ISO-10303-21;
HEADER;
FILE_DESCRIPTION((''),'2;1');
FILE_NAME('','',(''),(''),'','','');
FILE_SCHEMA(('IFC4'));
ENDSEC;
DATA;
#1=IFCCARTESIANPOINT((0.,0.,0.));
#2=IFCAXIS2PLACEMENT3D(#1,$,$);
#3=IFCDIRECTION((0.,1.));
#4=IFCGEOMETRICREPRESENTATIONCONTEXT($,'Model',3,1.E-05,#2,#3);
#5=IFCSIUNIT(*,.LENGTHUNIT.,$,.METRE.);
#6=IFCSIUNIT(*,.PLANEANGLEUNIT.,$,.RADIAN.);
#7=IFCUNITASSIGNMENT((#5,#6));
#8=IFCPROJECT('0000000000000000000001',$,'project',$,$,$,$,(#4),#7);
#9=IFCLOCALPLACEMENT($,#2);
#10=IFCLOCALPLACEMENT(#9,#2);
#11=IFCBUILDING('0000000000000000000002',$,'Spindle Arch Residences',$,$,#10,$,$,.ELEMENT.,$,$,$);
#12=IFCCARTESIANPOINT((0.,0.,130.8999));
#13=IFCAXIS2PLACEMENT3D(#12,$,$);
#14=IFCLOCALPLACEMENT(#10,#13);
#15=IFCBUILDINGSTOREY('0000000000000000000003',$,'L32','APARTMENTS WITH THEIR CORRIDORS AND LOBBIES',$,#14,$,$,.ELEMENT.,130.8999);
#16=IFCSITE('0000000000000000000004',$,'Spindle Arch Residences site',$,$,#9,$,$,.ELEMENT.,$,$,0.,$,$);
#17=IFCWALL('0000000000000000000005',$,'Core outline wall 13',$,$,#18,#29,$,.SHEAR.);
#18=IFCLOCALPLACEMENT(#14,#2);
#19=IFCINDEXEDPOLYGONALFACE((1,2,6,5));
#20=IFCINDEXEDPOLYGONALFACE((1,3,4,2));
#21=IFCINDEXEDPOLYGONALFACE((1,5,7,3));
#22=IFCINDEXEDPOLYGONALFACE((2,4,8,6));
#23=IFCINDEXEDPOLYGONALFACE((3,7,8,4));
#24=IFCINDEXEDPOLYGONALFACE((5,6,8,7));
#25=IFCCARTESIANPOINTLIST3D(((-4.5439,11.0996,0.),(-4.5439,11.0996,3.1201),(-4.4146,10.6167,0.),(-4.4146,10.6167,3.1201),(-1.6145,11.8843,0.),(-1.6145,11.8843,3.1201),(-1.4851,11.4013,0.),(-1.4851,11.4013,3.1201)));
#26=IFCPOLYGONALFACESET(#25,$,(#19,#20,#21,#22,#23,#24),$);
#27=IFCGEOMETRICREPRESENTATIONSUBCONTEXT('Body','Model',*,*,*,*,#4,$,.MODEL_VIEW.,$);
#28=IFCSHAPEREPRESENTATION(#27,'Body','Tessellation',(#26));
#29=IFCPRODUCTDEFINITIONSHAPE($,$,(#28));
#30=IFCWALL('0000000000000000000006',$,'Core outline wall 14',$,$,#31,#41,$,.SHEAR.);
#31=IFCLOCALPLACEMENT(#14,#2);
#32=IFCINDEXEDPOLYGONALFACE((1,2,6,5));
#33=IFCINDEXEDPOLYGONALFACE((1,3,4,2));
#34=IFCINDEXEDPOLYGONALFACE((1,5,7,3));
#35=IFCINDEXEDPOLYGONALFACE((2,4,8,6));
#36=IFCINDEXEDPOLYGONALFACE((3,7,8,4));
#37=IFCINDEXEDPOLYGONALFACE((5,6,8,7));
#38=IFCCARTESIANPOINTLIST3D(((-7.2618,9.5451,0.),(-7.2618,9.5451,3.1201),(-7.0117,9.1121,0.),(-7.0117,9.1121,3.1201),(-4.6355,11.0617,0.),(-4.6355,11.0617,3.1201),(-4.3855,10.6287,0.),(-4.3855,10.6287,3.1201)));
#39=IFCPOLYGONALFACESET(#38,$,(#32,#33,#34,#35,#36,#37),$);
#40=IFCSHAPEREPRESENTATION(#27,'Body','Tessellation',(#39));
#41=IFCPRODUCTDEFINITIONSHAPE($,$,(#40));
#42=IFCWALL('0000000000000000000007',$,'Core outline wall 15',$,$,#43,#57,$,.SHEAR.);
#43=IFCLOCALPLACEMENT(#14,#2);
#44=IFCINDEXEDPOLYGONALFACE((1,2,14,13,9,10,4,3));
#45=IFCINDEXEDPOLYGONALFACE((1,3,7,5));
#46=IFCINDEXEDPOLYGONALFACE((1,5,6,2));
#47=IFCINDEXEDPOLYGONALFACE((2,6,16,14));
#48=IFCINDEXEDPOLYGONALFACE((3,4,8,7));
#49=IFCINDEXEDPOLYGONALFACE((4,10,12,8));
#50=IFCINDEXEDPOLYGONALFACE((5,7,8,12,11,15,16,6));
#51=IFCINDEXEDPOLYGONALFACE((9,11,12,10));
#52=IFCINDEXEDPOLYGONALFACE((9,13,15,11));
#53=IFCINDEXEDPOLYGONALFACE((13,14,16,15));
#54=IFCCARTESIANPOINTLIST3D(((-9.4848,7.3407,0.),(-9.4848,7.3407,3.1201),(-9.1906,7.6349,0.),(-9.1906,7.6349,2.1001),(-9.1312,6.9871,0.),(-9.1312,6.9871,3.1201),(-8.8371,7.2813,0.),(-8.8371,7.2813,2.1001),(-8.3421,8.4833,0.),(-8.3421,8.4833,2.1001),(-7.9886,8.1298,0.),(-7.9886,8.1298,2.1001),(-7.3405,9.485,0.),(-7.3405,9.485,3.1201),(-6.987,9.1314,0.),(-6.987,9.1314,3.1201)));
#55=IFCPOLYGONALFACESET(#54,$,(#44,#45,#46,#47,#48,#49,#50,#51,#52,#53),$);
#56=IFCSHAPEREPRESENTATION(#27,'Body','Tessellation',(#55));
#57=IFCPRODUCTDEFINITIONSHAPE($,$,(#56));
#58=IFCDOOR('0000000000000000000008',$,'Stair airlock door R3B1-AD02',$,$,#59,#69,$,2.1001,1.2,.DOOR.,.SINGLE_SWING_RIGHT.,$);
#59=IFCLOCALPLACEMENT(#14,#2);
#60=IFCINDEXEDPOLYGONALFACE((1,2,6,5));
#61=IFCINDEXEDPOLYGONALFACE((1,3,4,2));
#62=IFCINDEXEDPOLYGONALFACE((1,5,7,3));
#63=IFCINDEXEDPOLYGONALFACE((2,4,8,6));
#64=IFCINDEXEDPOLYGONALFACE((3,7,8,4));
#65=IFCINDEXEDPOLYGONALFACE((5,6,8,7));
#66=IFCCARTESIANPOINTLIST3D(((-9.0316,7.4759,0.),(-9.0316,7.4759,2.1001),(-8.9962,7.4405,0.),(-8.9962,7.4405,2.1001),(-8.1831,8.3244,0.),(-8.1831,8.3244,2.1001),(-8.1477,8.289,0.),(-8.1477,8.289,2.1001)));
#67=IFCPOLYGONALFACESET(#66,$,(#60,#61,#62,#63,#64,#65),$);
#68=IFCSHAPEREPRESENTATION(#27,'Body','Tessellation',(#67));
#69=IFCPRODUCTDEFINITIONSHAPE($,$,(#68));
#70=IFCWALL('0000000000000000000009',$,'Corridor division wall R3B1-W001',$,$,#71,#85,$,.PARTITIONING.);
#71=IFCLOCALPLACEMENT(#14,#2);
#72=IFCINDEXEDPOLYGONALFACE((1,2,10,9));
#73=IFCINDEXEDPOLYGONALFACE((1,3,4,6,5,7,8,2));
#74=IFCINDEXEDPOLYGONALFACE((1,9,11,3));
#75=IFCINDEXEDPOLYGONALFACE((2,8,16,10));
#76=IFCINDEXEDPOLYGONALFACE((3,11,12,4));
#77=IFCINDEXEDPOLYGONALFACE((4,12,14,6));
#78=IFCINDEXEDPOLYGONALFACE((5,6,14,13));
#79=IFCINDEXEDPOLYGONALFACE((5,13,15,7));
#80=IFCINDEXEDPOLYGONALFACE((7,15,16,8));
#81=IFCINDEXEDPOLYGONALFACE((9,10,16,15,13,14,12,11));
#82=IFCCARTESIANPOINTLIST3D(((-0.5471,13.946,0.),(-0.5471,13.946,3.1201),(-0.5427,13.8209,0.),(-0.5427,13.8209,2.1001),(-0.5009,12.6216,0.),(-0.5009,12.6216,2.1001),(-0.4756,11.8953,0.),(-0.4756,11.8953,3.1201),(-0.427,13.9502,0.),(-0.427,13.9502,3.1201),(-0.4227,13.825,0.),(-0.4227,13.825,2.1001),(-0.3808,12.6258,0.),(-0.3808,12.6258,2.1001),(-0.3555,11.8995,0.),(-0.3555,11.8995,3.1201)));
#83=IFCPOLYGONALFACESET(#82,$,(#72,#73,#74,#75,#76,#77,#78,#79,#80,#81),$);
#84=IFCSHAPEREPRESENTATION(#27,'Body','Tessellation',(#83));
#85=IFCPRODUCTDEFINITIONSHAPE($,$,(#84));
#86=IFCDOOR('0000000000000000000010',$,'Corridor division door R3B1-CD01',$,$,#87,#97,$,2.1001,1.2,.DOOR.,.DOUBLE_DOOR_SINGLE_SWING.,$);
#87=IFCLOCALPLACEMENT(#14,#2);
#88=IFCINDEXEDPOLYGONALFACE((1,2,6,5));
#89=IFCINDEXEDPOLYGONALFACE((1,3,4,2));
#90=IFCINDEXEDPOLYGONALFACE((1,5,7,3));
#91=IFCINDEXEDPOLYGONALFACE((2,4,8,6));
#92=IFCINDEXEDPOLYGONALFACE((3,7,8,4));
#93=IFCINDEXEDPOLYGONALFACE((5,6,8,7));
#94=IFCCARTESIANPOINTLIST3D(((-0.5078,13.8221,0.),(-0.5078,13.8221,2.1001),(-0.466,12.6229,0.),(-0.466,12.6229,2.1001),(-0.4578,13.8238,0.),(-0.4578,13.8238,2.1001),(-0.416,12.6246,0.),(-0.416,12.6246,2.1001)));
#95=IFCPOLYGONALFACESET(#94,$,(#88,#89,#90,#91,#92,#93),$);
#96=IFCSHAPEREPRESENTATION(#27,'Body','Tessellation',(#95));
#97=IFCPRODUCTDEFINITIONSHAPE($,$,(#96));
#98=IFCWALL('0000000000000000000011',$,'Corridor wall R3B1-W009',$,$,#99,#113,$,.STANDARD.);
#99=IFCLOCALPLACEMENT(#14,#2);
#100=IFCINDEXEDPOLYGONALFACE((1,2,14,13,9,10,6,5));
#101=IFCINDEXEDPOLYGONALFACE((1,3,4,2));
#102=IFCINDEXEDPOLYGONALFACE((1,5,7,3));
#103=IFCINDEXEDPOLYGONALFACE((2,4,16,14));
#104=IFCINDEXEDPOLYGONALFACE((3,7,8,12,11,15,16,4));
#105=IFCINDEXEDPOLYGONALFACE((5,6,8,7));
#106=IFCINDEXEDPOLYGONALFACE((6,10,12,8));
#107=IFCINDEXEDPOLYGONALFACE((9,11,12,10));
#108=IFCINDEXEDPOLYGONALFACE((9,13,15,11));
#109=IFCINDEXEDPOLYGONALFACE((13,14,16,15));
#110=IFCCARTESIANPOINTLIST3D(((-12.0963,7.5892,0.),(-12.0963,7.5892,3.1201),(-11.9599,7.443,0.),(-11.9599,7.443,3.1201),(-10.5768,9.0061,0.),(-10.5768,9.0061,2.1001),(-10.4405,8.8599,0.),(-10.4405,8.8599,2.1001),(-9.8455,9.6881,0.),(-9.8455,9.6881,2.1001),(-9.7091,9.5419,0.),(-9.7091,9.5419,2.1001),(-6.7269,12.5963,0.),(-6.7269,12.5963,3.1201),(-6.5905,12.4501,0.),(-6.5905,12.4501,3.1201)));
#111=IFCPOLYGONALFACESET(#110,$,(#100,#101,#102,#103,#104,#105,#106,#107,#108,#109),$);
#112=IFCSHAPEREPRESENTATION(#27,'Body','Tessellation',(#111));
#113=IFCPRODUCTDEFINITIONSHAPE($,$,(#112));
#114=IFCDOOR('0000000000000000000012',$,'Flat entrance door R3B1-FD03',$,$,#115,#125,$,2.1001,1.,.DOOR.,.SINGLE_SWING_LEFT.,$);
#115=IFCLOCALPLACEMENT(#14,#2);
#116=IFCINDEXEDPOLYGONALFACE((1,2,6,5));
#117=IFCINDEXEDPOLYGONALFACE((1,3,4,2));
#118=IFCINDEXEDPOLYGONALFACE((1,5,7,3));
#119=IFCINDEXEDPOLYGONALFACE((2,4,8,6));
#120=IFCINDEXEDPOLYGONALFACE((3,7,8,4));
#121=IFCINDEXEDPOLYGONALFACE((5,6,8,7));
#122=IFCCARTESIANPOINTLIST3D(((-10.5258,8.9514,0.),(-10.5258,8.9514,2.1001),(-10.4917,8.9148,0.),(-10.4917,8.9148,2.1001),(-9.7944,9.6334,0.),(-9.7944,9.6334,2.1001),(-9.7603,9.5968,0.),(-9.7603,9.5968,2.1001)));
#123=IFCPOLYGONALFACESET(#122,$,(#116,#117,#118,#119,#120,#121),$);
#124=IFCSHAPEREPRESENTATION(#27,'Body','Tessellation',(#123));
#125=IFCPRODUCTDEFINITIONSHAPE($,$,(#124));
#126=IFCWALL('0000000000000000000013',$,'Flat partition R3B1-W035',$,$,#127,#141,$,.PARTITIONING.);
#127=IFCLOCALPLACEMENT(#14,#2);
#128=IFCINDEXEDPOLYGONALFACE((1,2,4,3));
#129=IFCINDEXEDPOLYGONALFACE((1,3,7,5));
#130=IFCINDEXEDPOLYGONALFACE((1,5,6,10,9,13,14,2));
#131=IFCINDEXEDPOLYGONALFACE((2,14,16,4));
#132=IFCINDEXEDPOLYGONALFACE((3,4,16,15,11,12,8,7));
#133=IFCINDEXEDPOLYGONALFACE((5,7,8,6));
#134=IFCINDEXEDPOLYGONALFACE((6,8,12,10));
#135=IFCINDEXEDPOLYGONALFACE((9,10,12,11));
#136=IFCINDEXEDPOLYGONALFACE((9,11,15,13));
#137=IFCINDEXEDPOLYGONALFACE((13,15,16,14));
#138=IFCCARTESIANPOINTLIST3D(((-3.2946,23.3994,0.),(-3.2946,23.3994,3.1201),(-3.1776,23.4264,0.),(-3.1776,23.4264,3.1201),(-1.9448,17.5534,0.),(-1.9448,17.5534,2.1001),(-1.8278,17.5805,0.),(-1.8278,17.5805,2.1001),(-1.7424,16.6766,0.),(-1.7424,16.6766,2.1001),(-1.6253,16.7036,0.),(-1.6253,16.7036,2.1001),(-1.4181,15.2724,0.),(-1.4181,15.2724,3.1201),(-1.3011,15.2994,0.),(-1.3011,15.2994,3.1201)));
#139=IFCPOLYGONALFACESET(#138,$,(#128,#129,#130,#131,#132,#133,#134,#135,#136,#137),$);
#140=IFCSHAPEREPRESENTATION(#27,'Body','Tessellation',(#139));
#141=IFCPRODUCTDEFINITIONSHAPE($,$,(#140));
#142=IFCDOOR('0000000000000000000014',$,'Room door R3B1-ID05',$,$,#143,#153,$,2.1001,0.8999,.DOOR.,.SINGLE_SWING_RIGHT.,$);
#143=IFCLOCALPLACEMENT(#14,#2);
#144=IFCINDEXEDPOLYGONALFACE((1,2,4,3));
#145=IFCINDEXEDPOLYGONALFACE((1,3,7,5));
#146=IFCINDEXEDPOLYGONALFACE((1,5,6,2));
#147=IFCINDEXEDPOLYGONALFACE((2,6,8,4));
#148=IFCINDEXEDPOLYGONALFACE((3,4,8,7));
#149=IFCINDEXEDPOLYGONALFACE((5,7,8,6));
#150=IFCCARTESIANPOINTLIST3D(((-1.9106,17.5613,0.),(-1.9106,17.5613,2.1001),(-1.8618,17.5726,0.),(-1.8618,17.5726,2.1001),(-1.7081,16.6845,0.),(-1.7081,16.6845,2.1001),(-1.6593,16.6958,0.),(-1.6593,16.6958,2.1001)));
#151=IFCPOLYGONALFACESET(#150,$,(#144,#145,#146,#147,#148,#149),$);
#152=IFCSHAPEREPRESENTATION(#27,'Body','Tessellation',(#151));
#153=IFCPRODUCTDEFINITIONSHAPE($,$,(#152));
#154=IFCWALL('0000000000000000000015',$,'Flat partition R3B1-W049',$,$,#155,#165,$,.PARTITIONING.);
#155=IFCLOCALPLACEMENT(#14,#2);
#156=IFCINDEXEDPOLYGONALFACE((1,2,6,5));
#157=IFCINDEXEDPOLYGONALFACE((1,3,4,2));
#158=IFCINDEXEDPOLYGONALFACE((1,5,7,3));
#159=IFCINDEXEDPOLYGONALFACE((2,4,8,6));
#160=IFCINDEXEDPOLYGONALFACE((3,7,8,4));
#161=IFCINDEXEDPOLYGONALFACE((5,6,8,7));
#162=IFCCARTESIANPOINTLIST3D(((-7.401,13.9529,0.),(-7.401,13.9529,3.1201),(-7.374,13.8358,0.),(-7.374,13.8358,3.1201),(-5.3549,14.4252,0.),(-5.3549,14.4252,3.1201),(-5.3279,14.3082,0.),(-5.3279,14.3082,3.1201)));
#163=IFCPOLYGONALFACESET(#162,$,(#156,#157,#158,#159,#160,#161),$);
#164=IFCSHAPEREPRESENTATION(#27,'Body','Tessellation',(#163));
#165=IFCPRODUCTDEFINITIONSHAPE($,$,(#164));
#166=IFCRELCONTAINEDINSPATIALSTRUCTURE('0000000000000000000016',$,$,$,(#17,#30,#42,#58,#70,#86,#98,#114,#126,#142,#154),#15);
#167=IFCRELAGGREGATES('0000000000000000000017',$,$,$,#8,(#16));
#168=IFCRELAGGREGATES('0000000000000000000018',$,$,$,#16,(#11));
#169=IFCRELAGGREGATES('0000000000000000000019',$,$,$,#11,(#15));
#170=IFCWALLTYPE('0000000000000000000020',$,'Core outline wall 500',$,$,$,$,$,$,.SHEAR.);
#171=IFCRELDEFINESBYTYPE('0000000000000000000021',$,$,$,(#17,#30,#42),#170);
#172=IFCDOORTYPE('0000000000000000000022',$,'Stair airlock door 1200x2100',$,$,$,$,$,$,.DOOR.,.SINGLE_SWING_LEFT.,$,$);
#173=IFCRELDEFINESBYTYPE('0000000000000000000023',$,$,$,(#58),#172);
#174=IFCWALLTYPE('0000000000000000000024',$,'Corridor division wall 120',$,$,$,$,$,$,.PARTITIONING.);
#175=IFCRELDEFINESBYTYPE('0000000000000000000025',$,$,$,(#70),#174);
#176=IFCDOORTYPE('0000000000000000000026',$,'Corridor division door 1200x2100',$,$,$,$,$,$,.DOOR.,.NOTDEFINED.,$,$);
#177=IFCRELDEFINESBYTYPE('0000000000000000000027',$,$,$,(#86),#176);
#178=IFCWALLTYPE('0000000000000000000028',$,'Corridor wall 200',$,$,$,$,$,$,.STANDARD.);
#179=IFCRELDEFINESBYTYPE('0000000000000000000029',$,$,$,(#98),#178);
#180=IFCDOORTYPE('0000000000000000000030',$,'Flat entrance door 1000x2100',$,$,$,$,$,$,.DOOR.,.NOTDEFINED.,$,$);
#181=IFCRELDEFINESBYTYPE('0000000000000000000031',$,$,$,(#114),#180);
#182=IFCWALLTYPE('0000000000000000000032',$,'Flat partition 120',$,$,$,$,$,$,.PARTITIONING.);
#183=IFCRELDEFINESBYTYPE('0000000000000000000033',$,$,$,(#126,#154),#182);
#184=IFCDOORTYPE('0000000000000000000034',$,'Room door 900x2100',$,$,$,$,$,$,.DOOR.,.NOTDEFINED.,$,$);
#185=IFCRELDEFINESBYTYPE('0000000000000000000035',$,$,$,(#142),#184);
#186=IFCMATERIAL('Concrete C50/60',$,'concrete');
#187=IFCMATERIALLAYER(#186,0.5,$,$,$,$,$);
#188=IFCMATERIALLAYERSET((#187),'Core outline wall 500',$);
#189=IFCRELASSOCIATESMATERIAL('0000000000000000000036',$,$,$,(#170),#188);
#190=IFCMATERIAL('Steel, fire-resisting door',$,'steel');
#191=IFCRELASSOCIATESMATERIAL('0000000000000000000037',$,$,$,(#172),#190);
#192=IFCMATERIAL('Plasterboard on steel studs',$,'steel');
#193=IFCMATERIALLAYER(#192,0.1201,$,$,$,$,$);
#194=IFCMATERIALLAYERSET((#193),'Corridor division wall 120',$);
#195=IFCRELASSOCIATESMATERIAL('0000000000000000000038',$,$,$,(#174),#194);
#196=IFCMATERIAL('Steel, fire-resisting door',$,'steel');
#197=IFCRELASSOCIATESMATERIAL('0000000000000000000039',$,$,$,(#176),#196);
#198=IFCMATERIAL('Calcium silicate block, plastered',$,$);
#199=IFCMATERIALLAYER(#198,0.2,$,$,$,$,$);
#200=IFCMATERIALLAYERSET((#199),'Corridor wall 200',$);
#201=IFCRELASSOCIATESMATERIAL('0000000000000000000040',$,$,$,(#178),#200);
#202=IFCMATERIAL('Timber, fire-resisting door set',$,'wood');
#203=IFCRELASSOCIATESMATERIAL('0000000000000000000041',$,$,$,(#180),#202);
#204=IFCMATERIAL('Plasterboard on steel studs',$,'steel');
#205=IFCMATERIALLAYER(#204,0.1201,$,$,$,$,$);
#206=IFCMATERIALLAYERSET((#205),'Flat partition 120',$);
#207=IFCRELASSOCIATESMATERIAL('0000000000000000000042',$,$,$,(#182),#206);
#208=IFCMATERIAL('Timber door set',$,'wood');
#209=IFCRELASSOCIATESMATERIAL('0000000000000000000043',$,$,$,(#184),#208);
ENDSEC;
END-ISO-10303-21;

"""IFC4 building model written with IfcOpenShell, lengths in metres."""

from ifc_helpers import new_model, si_unit, direction, frame, frame_2d, origin, place, context, subcontext, project, spatial, rectangle, extrude, material, layer, layer_set, type_object, element, fill, save


model = new_model("IFC4")

# Units and contexts
model_context = context("Model", 3, precision=1e-05, world=origin(), true_north=direction((0.0, 1.0)))
body_context = subcontext(model_context, "Body", "Model", "MODEL_VIEW")
ifc_project = project(units=[si_unit("LENGTHUNIT", "METRE"), si_unit("PLANEANGLEUNIT", "RADIAN")], contexts=[model_context])

# Site, building, storey
site_placement = place(None, origin())
site = spatial("IfcSite", under=ifc_project, at=site_placement, Name="Spindle Arch Residences site", CompositionType="ELEMENT", RefElevation=0.0)
building_placement = place(site_placement, origin())
building = spatial("IfcBuilding", under=site, at=building_placement, Name="Spindle Arch Residences", CompositionType="ELEMENT")
storey_placement = place(building_placement, frame((0.0, 0.0, 130.8999)))
storey = spatial("IfcBuildingStorey", under=building, at=storey_placement, Name="L32", Description="APARTMENTS WITH THEIR CORRIDORS AND LOBBIES", CompositionType="ELEMENT", Elevation=130.8999)

# Walls
ifc_material_1 = material(Name="Concrete C50/60", Category="concrete")
ifc_layer_1 = layer(ifc_material_1, 0.5)
ifc_layer_set_1 = layer_set([ifc_layer_1], Name="Core outline wall 500")
wall_type_1 = type_object("IfcWallType", Name="Core outline wall 500", PredefinedType="SHEAR", material=ifc_layer_set_1)
for number, where, z_axis, x_axis, name in (
    (1, (-1.5498, 11.6428, 0.0), (0.0, 0.0, 1.0), (-0.965948, -0.258735, 0.0), "Core outline wall 13"),
    (2, (-4.5105, 10.8452, 0.0), (0.0, 0.0, 1.0), (-0.865975, -0.500087, 0.0), "Core outline wall 14"),
):
    element("IfcWall", number, at=place(storey_placement, frame(where, z_axis=z_axis, x_axis=x_axis)), inside=storey, type_object=wall_type_1, Name=name, PredefinedType="SHEAR", context=body_context, shape_type="SweptSolid", body=[
        extrude(rectangle(XDim=3.0327, YDim=0.5, at=frame_2d((1.5164, 0.0))), origin(), (0.0, 0.0, 1.0), 3.1201),
    ])

# Walls, openings, doors
wall_1_placement = place(storey_placement, frame((-7.1638, 9.3081, 0.0), z_axis=(0.0, 0.0, 1.0), x_axis=(-0.707107, -0.707107, 0.0)))
wall_1 = element("IfcWall", 3, at=wall_1_placement, inside=storey, type_object=wall_type_1, Name="Core outline wall 15", PredefinedType="SHEAR", context=body_context, shape_type="SweptSolid", body=[
    extrude(rectangle(XDim=3.0325, YDim=0.5, at=frame_2d((1.5161, 0.0))), origin(), (0.0, 0.0, 1.0), 3.1201),
])
opening_1_placement = place(wall_1_placement, frame((1.4163, 0.0, 0.0)))
opening_1 = element("IfcOpeningElement", 4, at=opening_1_placement, cuts=wall_1, PredefinedType="OPENING", context=body_context, shape_type="SweptSolid", body=[
    extrude(rectangle(XDim=1.2, YDim=2.1001, at=frame_2d((0.6001, 1.05))), frame((0.0, 0.26, 0.0), z_axis=(0.0, -1.0, 0.0), x_axis=(1.0, 0.0, 0.0)), (0.0, 0.0, 1.0), 0.52),
])
ifc_material_2 = material(Name="Steel, fire-resisting door", Category="steel")
door_type_1 = type_object("IfcDoorType", Name="Stair airlock door 1200x2100", OperationType="SINGLE_SWING_LEFT", PredefinedType="DOOR", material=ifc_material_2)
door_1_placement = place(opening_1_placement, origin())
door_1 = element("IfcDoor", 5, at=door_1_placement, inside=storey, type_object=door_type_1, Name="Stair airlock door R3B1-AD02", OperationType="SINGLE_SWING_RIGHT", OverallHeight=2.1001, OverallWidth=1.2, PredefinedType="DOOR", context=body_context, shape_type="SweptSolid", body=[
    extrude(rectangle(XDim=1.2, YDim=2.1001, at=frame_2d((0.6001, 1.05))), frame((0.0, 0.0249, 0.0), z_axis=(0.0, -1.0, 0.0), x_axis=(1.0, 0.0, 0.0)), (0.0, 0.0, 1.0), 0.05),
])
fill(opening_1, door_1)
ifc_material_3 = material(Name="Plasterboard on steel studs", Category="steel")
ifc_layer_2 = layer(ifc_material_3, 0.1201)
ifc_layer_set_2 = layer_set([ifc_layer_2], Name="Corridor division wall 120")
wall_type_2 = type_object("IfcWallType", Name="Corridor division wall 120", PredefinedType="PARTITIONING", material=ifc_layer_set_2)
wall_2_placement = place(storey_placement, frame((-0.4871, 13.948, 0.0), z_axis=(0.0, 0.0, 1.0), x_axis=(0.03486, -0.999392, 0.0)))
wall_2 = element("IfcWall", 6, at=wall_2_placement, inside=storey, type_object=wall_type_2, Name="Corridor division wall R3B1-W001", PredefinedType="PARTITIONING", context=body_context, shape_type="SweptSolid", body=[
    extrude(rectangle(XDim=2.052, YDim=0.1201, at=frame_2d((1.0259, 0.0))), origin(), (0.0, 0.0, 1.0), 3.1201),
])
opening_2_placement = place(wall_2_placement, frame((0.125, 0.0, 0.0)))
opening_2 = element("IfcOpeningElement", 7, at=opening_2_placement, cuts=wall_2, PredefinedType="OPENING", context=body_context, shape_type="SweptSolid", body=[
    extrude(rectangle(XDim=1.2, YDim=2.1001, at=frame_2d((0.6001, 1.05))), frame((0.0, 0.0701, 0.0), z_axis=(0.0, -1.0, 0.0), x_axis=(1.0, 0.0, 0.0)), (0.0, 0.0, 1.0), 0.1401),
])
ifc_material_4 = material(Name="Steel, fire-resisting door", Category="steel")
door_type_2 = type_object("IfcDoorType", Name="Corridor division door 1200x2100", OperationType="NOTDEFINED", PredefinedType="DOOR", material=ifc_material_4)
door_2_placement = place(opening_2_placement, origin())
door_2 = element("IfcDoor", 8, at=door_2_placement, inside=storey, type_object=door_type_2, Name="Corridor division door R3B1-CD01", OperationType="DOUBLE_DOOR_SINGLE_SWING", OverallHeight=2.1001, OverallWidth=1.2, PredefinedType="DOOR", context=body_context, shape_type="SweptSolid", body=[
    extrude(rectangle(XDim=1.2, YDim=2.1001, at=frame_2d((0.6001, 1.05))), frame((0.0, 0.0249, 0.0), z_axis=(0.0, -1.0, 0.0), x_axis=(1.0, 0.0, 0.0)), (0.0, 0.0, 1.0), 0.05),
])
fill(opening_2, door_2)
ifc_material_5 = material(Name="Calcium silicate block, plastered")
ifc_layer_3 = layer(ifc_material_5, 0.2)
ifc_layer_set_3 = layer_set([ifc_layer_3], Name="Corridor wall 200")
wall_type_3 = type_object("IfcWallType", Name="Corridor wall 200", PredefinedType="STANDARD", material=ifc_layer_set_3)
wall_3_placement = place(storey_placement, frame((-6.6587, 12.5232, 0.0), z_axis=(0.0, 0.0, 1.0), x_axis=(-0.73135, -0.682002, 0.0)))
wall_3 = element("IfcWall", 9, at=wall_3_placement, inside=storey, type_object=wall_type_3, Name="Corridor wall R3B1-W009", PredefinedType="STANDARD", context=body_context, shape_type="SweptSolid", body=[
    extrude(rectangle(XDim=7.3418, YDim=0.2, at=frame_2d((3.6709, 0.0))), origin(), (0.0, 0.0, 1.0), 3.1201),
])
opening_3_placement = place(wall_3_placement, frame((4.2642, 0.0, 0.0)))
opening_3 = element("IfcOpeningElement", 10, at=opening_3_placement, cuts=wall_3, PredefinedType="OPENING", context=body_context, shape_type="SweptSolid", body=[
    extrude(rectangle(XDim=1.0, YDim=2.1001, at=frame_2d((0.5, 1.05))), frame((0.0, 0.1099, 0.0), z_axis=(0.0, -1.0, 0.0), x_axis=(1.0, 0.0, 0.0)), (0.0, 0.0, 1.0), 0.22),
])
ifc_material_6 = material(Name="Timber, fire-resisting door set", Category="wood")
door_type_3 = type_object("IfcDoorType", Name="Flat entrance door 1000x2100", OperationType="NOTDEFINED", PredefinedType="DOOR", material=ifc_material_6)
door_3_placement = place(opening_3_placement, origin())
door_3 = element("IfcDoor", 11, at=door_3_placement, inside=storey, type_object=door_type_3, Name="Flat entrance door R3B1-FD03", OperationType="SINGLE_SWING_LEFT", OverallHeight=2.1001, OverallWidth=1.0, PredefinedType="DOOR", context=body_context, shape_type="SweptSolid", body=[
    extrude(rectangle(XDim=1.0, YDim=2.1001, at=frame_2d((0.5, 1.05))), frame((0.0, 0.0249, 0.0), z_axis=(0.0, -1.0, 0.0), x_axis=(1.0, 0.0, 0.0)), (0.0, 0.0, 1.0), 0.05),
])
fill(opening_3, door_3)
ifc_material_7 = material(Name="Plasterboard on steel studs", Category="steel")
ifc_layer_4 = layer(ifc_material_7, 0.1201)
ifc_layer_set_4 = layer_set([ifc_layer_4], Name="Flat partition 120")
wall_type_4 = type_object("IfcWallType", Name="Flat partition 120", PredefinedType="PARTITIONING", material=ifc_layer_set_4)
wall_4_placement = place(storey_placement, frame((-1.3596, 15.2859, 0.0), z_axis=(0.0, 0.0, 1.0), x_axis=(-0.224975, 0.974365, 0.0)))
wall_4 = element("IfcWall", 12, at=wall_4_placement, inside=storey, type_object=wall_type_4, Name="Flat partition R3B1-W035", PredefinedType="PARTITIONING", context=body_context, shape_type="SweptSolid", body=[
    extrude(rectangle(XDim=8.3408, YDim=0.1201, at=frame_2d((4.1704, 0.0))), origin(), (0.0, 0.0, 1.0), 3.1201),
])
opening_4_placement = place(wall_4_placement, frame((1.4412, 0.0, 0.0)))
opening_4 = element("IfcOpeningElement", 13, at=opening_4_placement, cuts=wall_4, PredefinedType="OPENING", context=body_context, shape_type="SweptSolid", body=[
    extrude(rectangle(XDim=0.8999, YDim=2.1001, at=frame_2d((0.45, 1.05))), frame((0.0, 0.0701, 0.0), z_axis=(0.0, -1.0, 0.0), x_axis=(1.0, 0.0, 0.0)), (0.0, 0.0, 1.0), 0.1401),
])
ifc_material_8 = material(Name="Timber door set", Category="wood")
door_type_4 = type_object("IfcDoorType", Name="Room door 900x2100", OperationType="NOTDEFINED", PredefinedType="DOOR", material=ifc_material_8)
door_4_placement = place(opening_4_placement, origin())
door_4 = element("IfcDoor", 14, at=door_4_placement, inside=storey, type_object=door_type_4, Name="Room door R3B1-ID05", OperationType="SINGLE_SWING_RIGHT", OverallHeight=2.1001, OverallWidth=0.8999, PredefinedType="DOOR", context=body_context, shape_type="SweptSolid", body=[
    extrude(rectangle(XDim=0.8999, YDim=2.1001, at=frame_2d((0.45, 1.05))), frame((0.0, 0.0249, 0.0), z_axis=(0.0, -1.0, 0.0), x_axis=(1.0, 0.0, 0.0)), (0.0, 0.0, 1.0), 0.05),
])
fill(opening_4, door_4)

# Wall
wall_5_placement = place(storey_placement, frame((-5.3416, 14.3667, 0.0), z_axis=(0.0, 0.0, 1.0), x_axis=(-0.974368, -0.224961, 0.0)))
element("IfcWall", 15, at=wall_5_placement, inside=storey, type_object=wall_type_4, Name="Flat partition R3B1-W049", PredefinedType="PARTITIONING", context=body_context, shape_type="SweptSolid", body=[
    extrude(rectangle(XDim=2.0999, YDim=0.1201, at=frame_2d((1.0498, 0.0))), origin(), (0.0, 0.0, 1.0), 3.1201),
])

save(model, "model.ifc")
